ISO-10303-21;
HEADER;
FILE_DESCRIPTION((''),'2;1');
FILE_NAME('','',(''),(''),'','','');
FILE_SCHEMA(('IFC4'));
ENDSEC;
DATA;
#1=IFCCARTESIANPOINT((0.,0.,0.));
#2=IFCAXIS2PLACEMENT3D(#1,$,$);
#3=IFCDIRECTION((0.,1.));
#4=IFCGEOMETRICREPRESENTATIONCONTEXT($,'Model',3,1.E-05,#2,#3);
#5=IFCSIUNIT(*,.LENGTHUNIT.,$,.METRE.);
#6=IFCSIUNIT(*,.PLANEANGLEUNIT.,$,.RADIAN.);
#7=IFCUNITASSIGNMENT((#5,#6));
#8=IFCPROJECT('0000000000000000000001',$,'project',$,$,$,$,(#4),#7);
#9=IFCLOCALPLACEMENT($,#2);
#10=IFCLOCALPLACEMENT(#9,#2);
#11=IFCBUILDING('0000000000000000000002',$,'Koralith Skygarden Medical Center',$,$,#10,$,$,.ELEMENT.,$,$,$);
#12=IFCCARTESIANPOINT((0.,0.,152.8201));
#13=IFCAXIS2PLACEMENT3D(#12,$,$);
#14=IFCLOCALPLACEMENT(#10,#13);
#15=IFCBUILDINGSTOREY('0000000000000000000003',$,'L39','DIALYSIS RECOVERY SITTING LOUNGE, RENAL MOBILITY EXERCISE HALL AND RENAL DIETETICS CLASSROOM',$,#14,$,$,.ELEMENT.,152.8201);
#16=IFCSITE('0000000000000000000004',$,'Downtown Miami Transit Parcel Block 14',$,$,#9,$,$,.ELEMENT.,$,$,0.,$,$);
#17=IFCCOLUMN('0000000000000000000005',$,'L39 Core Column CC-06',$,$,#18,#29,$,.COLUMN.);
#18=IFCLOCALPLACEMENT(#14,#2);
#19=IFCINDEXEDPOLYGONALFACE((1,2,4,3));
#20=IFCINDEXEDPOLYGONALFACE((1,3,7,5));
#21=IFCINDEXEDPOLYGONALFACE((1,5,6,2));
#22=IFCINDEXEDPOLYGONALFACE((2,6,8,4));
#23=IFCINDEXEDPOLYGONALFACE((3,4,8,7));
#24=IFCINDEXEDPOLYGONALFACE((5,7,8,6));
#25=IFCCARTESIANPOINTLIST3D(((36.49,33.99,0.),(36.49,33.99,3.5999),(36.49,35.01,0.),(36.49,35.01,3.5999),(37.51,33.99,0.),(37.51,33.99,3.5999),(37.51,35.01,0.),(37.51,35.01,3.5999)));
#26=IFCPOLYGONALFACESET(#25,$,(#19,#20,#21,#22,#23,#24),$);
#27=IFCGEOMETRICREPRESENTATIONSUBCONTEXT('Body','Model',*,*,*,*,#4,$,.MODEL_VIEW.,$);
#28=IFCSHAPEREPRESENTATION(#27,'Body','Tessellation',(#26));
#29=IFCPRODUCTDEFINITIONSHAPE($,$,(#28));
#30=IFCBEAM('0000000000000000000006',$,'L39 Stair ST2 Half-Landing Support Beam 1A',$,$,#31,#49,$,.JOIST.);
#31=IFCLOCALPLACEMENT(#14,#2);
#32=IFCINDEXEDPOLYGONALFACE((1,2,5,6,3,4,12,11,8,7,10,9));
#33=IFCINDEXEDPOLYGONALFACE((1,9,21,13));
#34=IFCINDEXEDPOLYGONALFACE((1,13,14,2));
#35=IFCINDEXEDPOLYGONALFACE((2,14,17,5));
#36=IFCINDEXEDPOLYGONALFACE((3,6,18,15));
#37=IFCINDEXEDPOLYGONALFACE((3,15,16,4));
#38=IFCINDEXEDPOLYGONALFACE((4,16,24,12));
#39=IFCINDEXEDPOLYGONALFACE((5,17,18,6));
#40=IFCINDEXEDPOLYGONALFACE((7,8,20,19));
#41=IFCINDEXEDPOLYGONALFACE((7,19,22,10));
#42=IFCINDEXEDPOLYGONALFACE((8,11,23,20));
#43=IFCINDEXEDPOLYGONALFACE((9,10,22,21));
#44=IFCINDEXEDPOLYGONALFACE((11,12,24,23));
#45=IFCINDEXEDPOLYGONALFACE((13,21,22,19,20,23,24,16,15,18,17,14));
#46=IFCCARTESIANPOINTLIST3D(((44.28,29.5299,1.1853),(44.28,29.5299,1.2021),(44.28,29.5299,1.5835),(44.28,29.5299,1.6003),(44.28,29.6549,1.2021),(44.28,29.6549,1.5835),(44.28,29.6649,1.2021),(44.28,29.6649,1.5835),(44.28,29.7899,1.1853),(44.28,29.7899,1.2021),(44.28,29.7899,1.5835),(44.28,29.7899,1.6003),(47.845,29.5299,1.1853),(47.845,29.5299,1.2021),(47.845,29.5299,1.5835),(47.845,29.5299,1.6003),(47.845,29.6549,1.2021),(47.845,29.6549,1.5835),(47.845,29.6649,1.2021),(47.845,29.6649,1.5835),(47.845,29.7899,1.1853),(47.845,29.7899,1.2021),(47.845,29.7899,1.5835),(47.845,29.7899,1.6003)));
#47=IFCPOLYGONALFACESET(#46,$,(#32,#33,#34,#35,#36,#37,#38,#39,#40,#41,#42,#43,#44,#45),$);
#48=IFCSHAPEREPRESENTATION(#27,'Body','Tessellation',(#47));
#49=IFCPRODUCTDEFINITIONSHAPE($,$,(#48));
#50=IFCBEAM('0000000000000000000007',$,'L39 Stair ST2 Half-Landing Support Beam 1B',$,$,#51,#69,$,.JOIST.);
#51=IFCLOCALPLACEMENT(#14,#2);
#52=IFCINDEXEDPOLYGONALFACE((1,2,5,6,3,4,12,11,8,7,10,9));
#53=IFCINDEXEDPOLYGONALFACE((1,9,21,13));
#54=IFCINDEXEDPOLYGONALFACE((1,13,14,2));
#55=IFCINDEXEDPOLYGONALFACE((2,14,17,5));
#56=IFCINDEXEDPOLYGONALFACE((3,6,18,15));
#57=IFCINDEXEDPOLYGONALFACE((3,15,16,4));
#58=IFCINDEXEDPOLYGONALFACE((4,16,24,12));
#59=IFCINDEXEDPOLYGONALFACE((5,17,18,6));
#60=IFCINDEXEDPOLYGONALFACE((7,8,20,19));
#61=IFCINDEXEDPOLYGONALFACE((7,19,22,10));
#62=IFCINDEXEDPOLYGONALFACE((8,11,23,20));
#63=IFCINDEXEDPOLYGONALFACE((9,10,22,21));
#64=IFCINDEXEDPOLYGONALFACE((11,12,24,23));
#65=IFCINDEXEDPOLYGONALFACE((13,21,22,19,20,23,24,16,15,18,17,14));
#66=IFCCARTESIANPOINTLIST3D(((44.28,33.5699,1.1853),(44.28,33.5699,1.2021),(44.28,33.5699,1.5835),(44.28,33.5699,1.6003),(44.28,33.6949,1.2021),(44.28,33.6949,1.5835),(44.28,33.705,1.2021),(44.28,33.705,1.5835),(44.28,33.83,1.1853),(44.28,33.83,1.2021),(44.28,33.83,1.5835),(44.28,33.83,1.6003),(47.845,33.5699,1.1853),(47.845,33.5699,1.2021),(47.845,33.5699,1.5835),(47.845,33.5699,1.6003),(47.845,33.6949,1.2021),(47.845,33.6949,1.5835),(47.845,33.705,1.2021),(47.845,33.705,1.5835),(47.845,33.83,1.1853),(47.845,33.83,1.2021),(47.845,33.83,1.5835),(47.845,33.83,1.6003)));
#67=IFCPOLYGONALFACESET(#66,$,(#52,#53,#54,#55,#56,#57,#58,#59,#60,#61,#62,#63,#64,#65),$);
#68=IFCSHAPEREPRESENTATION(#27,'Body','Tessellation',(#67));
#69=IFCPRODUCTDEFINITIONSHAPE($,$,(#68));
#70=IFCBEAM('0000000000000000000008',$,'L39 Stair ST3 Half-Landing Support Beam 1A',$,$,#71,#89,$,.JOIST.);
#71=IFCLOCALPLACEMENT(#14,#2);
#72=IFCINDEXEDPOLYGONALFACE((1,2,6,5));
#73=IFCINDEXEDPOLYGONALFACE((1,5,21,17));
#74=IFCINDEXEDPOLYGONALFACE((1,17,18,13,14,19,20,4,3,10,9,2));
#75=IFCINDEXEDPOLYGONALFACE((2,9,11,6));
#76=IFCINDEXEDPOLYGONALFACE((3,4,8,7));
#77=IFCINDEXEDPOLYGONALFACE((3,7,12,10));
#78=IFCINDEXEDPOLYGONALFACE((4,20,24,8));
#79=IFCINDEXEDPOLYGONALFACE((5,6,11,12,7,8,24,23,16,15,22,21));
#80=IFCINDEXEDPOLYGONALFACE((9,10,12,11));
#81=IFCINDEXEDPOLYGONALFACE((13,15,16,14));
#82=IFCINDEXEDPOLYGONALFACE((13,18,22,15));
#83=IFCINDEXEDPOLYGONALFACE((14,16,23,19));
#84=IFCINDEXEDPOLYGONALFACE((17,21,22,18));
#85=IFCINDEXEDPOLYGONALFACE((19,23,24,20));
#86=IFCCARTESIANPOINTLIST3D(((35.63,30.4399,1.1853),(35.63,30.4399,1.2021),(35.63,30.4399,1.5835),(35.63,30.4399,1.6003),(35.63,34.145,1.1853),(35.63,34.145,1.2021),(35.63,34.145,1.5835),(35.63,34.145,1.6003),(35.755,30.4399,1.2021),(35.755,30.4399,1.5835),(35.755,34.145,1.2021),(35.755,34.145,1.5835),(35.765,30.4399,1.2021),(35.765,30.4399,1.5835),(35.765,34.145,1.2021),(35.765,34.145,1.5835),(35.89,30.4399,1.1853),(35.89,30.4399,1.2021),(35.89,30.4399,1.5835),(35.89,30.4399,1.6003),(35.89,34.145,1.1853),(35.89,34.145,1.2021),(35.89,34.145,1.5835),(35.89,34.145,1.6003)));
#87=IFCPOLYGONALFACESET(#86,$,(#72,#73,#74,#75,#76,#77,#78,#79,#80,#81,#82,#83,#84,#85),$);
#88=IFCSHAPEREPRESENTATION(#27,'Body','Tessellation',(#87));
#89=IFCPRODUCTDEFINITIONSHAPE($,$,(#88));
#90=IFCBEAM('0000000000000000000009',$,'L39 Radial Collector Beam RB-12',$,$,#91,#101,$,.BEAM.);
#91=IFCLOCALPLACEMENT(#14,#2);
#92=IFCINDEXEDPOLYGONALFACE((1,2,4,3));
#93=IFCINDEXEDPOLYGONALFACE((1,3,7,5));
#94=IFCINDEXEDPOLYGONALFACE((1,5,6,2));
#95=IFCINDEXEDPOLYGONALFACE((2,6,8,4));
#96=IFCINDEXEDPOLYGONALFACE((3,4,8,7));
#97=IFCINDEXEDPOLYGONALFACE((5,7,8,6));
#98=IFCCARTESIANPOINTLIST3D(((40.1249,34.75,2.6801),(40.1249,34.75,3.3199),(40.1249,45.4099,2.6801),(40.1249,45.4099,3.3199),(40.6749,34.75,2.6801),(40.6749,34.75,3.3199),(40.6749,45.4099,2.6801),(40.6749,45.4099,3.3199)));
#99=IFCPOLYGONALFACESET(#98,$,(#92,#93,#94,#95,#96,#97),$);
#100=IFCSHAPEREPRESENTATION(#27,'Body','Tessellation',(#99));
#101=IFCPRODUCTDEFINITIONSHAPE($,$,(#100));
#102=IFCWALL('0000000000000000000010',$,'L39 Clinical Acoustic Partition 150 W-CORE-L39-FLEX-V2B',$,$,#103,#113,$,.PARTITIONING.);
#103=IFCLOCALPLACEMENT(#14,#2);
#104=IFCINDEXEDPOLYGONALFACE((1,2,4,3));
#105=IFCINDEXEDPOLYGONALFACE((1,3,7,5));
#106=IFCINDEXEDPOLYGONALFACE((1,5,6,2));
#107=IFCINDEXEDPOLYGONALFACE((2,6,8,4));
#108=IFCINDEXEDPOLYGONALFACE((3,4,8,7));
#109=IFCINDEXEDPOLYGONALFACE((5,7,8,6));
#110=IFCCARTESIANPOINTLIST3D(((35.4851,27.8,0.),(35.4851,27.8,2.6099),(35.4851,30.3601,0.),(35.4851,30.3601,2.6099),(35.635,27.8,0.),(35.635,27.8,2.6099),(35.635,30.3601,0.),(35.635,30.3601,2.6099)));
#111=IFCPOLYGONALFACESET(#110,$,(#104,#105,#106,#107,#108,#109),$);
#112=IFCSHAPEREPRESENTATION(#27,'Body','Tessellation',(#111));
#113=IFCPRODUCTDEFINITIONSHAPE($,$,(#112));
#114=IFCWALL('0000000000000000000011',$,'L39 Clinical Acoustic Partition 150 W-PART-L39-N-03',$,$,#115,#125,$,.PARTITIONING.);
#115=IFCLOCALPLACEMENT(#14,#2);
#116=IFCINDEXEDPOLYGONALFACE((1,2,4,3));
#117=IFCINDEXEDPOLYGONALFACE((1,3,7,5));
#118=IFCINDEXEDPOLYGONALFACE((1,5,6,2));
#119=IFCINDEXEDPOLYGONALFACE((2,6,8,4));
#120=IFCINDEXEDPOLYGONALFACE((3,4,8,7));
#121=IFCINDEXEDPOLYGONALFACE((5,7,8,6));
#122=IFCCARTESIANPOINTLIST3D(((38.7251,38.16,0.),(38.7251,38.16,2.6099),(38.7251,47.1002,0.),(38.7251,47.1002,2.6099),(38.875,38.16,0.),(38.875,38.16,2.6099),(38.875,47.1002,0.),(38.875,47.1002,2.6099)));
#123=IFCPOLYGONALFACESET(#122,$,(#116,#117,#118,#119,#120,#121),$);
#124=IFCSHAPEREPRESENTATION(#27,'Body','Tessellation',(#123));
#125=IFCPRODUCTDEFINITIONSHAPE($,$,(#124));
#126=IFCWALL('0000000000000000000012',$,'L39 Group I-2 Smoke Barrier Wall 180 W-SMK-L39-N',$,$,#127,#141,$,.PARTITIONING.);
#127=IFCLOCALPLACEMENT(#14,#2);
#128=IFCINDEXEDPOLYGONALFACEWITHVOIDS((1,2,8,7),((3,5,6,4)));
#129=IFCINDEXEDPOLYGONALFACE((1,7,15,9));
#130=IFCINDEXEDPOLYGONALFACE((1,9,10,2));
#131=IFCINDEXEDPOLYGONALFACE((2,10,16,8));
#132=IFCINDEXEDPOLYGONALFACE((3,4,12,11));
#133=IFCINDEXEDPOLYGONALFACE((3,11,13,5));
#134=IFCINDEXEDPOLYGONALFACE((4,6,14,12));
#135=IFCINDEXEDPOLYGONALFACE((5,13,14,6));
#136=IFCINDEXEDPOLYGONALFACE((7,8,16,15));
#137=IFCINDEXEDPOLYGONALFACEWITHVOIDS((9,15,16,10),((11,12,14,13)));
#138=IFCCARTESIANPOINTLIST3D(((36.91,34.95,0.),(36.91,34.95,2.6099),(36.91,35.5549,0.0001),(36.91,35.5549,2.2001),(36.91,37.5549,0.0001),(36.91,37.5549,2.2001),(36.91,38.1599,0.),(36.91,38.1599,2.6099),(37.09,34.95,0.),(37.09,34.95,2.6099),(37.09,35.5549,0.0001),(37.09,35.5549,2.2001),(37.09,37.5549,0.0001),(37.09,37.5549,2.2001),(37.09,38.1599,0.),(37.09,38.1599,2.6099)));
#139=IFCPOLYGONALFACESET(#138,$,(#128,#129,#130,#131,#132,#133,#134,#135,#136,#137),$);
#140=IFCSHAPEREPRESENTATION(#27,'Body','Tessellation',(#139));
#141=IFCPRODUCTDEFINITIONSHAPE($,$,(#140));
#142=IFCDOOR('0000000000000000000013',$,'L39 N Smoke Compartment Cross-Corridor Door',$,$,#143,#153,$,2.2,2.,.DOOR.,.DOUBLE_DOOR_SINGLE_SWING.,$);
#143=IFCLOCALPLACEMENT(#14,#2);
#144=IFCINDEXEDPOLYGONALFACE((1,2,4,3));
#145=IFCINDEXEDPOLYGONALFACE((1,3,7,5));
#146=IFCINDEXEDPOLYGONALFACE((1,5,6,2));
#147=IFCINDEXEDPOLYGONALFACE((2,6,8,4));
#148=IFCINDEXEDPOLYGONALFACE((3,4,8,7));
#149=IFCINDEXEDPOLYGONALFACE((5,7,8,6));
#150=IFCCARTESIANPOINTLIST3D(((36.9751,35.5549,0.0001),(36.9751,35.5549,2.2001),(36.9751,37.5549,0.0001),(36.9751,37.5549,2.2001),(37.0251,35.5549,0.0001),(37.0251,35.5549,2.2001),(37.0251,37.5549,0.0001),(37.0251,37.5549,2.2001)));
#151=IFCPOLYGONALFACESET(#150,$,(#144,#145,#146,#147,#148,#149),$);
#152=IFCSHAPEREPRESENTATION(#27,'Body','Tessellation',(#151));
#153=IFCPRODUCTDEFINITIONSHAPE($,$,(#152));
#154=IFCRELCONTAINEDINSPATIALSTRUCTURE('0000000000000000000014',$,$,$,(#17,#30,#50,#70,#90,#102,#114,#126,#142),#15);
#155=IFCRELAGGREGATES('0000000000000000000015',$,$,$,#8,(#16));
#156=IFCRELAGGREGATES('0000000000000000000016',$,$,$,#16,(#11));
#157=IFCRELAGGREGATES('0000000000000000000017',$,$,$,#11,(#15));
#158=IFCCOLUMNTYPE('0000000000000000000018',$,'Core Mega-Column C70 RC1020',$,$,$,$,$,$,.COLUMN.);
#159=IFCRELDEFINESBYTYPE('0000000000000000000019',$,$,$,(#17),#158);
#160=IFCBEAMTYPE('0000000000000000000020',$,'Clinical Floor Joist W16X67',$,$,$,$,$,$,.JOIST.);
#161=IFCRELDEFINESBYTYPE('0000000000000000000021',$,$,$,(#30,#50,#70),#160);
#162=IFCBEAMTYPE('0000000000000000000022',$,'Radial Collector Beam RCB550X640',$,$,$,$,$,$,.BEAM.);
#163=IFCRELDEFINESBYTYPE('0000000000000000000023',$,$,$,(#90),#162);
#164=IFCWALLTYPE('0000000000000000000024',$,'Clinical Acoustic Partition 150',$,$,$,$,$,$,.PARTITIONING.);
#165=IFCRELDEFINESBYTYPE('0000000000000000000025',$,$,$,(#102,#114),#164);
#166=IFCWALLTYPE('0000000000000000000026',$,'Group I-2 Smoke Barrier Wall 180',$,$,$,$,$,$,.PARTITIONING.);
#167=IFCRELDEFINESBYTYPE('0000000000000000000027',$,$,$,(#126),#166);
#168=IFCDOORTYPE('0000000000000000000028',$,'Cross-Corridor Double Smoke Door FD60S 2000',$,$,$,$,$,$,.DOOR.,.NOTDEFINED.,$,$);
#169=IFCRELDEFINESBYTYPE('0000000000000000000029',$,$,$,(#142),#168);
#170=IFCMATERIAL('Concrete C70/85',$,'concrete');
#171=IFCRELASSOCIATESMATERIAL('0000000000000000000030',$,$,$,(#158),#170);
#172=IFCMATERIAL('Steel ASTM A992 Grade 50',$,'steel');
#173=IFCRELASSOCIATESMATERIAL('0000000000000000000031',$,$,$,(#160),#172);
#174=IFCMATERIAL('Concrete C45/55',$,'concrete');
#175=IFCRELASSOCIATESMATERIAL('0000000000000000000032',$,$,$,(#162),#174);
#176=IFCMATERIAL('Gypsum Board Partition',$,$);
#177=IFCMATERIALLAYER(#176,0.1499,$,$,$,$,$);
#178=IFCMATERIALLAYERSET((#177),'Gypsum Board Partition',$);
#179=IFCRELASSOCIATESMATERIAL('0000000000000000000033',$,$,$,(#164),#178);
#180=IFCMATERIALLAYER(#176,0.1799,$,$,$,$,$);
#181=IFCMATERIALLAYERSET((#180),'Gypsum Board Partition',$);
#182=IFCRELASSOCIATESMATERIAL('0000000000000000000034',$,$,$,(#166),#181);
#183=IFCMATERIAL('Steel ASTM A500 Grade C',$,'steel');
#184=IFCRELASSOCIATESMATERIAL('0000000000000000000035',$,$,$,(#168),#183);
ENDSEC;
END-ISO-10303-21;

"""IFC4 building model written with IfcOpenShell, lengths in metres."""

from ifc_helpers import new_model, si_unit, direction, frame, frame_2d, origin, origin_2d, place, context, subcontext, project, spatial, rectangle, i_section, extrude, material, layer, layer_set, material_profile, profile_set, type_object, element, fill, save


model = new_model("IFC4")

# Units and contexts
model_context = context("Model", 3, precision=1e-05, world=origin(), true_north=direction((0.0, 1.0)))
body_context = subcontext(model_context, "Body", "Model", "MODEL_VIEW")
ifc_project = project(units=[si_unit("LENGTHUNIT", "METRE"), si_unit("PLANEANGLEUNIT", "RADIAN")], contexts=[model_context])

# Site, building, storey
site_placement = place(None, origin())
site = spatial("IfcSite", under=ifc_project, at=site_placement, Name="Downtown Miami Transit Parcel Block 14", CompositionType="ELEMENT", RefElevation=0.0)
building_placement = place(site_placement, origin())
building = spatial("IfcBuilding", under=site, at=building_placement, Name="Koralith Skygarden Medical Center", CompositionType="ELEMENT")
storey_placement = place(building_placement, frame((0.0, 0.0, 152.8201)))
storey = spatial("IfcBuildingStorey", under=building, at=storey_placement, Name="L39", Description="DIALYSIS RECOVERY SITTING LOUNGE, RENAL MOBILITY EXERCISE HALL AND RENAL DIETETICS CLASSROOM", CompositionType="ELEMENT", Elevation=152.8201)

# Column
ifc_material_1 = material(Name="Concrete C70/85", Category="concrete")
ifc_material_profile_1 = material_profile(ifc_material_1, rectangle(XDim=1.02, YDim=1.02, at=origin_2d()), Name="RC1020X1020")
ifc_profile_set_1 = profile_set([ifc_material_profile_1], Name="Concrete C70/85")
column_type = type_object("IfcColumnType", Name="Core Mega-Column C70 RC1020", PredefinedType="COLUMN", material=ifc_profile_set_1)
column_placement = place(storey_placement, frame((37.0, 34.5, 0.0), z_axis=(0.0, 0.0, 1.0), x_axis=(1.0, 0.0, 0.0)))
element("IfcColumn", 1, at=column_placement, inside=storey, type_object=column_type, Name="L39 Core Column CC-06", PredefinedType="COLUMN", context=body_context, shape_type="SweptSolid", body=[
    extrude(rectangle(XDim=1.02, YDim=1.02, at=origin_2d()), origin(), (0.0, 0.0, 1.0), 3.5999),
])

# Beams
ifc_material_2 = material(Name="Steel ASTM A992 Grade 50", Category="steel")
ifc_material_profile_2 = material_profile(ifc_material_2, i_section(OverallWidth=0.26, OverallDepth=0.415, WebThickness=0.01, FlangeThickness=0.0168, at=origin_2d()), Name="W16X67")
ifc_profile_set_2 = profile_set([ifc_material_profile_2], Name="Steel ASTM A992 Grade 50")
beam_type_1 = type_object("IfcBeamType", Name="Clinical Floor Joist W16X67", PredefinedType="JOIST", material=ifc_profile_set_2)
for number, where, z_axis, x_axis, name in (
    (2, (44.28, 29.6599, 1.3928), (1.0, 0.0, 0.0), (0.0, 1.0, 0.0), "L39 Stair ST2 Half-Landing Support Beam 1A"),
    (3, (44.28, 33.7, 1.3928), (1.0, 0.0, 0.0), (0.0, 1.0, 0.0), "L39 Stair ST2 Half-Landing Support Beam 1B"),
):
    element("IfcBeam", number, at=place(storey_placement, frame(where, z_axis=z_axis, x_axis=x_axis)), inside=storey, type_object=beam_type_1, Name=name, PredefinedType="JOIST", context=body_context, shape_type="SweptSolid", body=[
        extrude(i_section(OverallWidth=0.26, OverallDepth=0.415, WebThickness=0.01, FlangeThickness=0.0168, at=origin_2d()), origin(), (0.0, 0.0, 1.0), 3.5649),
    ])
beam_1_placement = place(storey_placement, frame((35.76, 30.4399, 1.3928), z_axis=(0.0, 1.0, 0.0), x_axis=(-1.0, 0.0, 0.0)))
element("IfcBeam", 4, at=beam_1_placement, inside=storey, type_object=beam_type_1, Name="L39 Stair ST3 Half-Landing Support Beam 1A", PredefinedType="JOIST", context=body_context, shape_type="SweptSolid", body=[
    extrude(i_section(OverallWidth=0.26, OverallDepth=0.415, WebThickness=0.01, FlangeThickness=0.0168, at=origin_2d()), origin(), (0.0, 0.0, 1.0), 3.7051),
])
ifc_material_3 = material(Name="Concrete C45/55", Category="concrete")
ifc_material_profile_3 = material_profile(ifc_material_3, rectangle(XDim=0.55, YDim=0.6399, at=origin_2d()), Name="RCB550X640")
ifc_profile_set_3 = profile_set([ifc_material_profile_3], Name="Concrete C45/55")
beam_type_2 = type_object("IfcBeamType", Name="Radial Collector Beam RCB550X640", PredefinedType="BEAM", material=ifc_profile_set_3)
beam_2_placement = place(storey_placement, frame((40.3999, 34.75, 3.0), z_axis=(0.0, 1.0, 0.0), x_axis=(-1.0, 0.0, 0.0)))
element("IfcBeam", 5, at=beam_2_placement, inside=storey, type_object=beam_type_2, Name="L39 Radial Collector Beam RB-12", PredefinedType="BEAM", context=body_context, shape_type="SweptSolid", body=[
    extrude(rectangle(XDim=0.55, YDim=0.6399, at=origin_2d()), origin(), (0.0, 0.0, 1.0), 10.6599),
])

# Walls
ifc_material_4 = material(Name="Gypsum Board Partition")
ifc_layer_1 = layer(ifc_material_4, 0.1499)
ifc_layer_set_1 = layer_set([ifc_layer_1], Name="Gypsum Board Partition")
wall_type_1 = type_object("IfcWallType", Name="Clinical Acoustic Partition 150", PredefinedType="PARTITIONING", material=ifc_layer_set_1)
wall_1_placement = place(storey_placement, frame((35.5601, 27.8, 0.0), z_axis=(0.0, 0.0, 1.0), x_axis=(0.0, 1.0, 0.0)))
element("IfcWall", 6, at=wall_1_placement, inside=storey, type_object=wall_type_1, Name="L39 Clinical Acoustic Partition 150 W-CORE-L39-FLEX-V2B", PredefinedType="PARTITIONING", context=body_context, shape_type="SweptSolid", body=[
    extrude(rectangle(XDim=2.5601, YDim=0.1499, at=frame_2d((1.28, 0.0))), origin(), (0.0, 0.0, 1.0), 2.6099),
])
wall_2_placement = place(storey_placement, frame((38.8, 38.1599, 0.0), z_axis=(0.0, 0.0, 1.0), x_axis=(0.0, 1.0, 0.0)))
element("IfcWall", 7, at=wall_2_placement, inside=storey, type_object=wall_type_1, Name="L39 Clinical Acoustic Partition 150 W-PART-L39-N-03", PredefinedType="PARTITIONING", context=body_context, shape_type="SweptSolid", body=[
    extrude(rectangle(XDim=8.9402, YDim=0.1499, at=frame_2d((4.4702, 0.0))), origin(), (0.0, 0.0, 1.0), 2.6099),
])

# Wall, opening, door
ifc_layer_2 = layer(ifc_material_4, 0.1799)
ifc_layer_set_2 = layer_set([ifc_layer_2], Name="Gypsum Board Partition")
wall_type_2 = type_object("IfcWallType", Name="Group I-2 Smoke Barrier Wall 180", PredefinedType="PARTITIONING", material=ifc_layer_set_2)
wall_3_placement = place(storey_placement, frame((37.0, 34.95, 0.0), z_axis=(0.0, 0.0, 1.0), x_axis=(0.0, 1.0, 0.0)))
wall_3 = element("IfcWall", 8, at=wall_3_placement, inside=storey, type_object=wall_type_2, Name="L39 Group I-2 Smoke Barrier Wall 180 W-SMK-L39-N", PredefinedType="PARTITIONING", context=body_context, shape_type="SweptSolid", body=[
    extrude(rectangle(XDim=3.21, YDim=0.1799, at=frame_2d((1.605, 0.0))), origin(), (0.0, 0.0, 1.0), 2.6099),
])
opening_1_placement = place(wall_3_placement, frame((0.605, 0.0, 0.0)))
opening_1 = element("IfcOpeningElement", 9, at=opening_1_placement, cuts=wall_3, PredefinedType="OPENING", context=body_context, shape_type="SweptSolid", body=[
    extrude(rectangle(XDim=2.0, YDim=2.2, at=frame_2d((1.0, 1.1001))), frame((0.0, 0.0999, 0.0), z_axis=(0.0, -1.0, 0.0), x_axis=(1.0, 0.0, 0.0)), (0.0, 0.0, 1.0), 0.2),
])
ifc_material_5 = material(Name="Steel ASTM A500 Grade C", Category="steel")
door_type_1 = type_object("IfcDoorType", Name="Cross-Corridor Double Smoke Door FD60S 2000", OperationType="NOTDEFINED", PredefinedType="DOOR", material=ifc_material_5)
door_1_placement = place(opening_1_placement, origin())
door_1 = element("IfcDoor", 10, at=door_1_placement, inside=storey, type_object=door_type_1, Name="L39 N Smoke Compartment Cross-Corridor Door", OperationType="DOUBLE_DOOR_SINGLE_SWING", OverallHeight=2.2, OverallWidth=2.0, PredefinedType="DOOR", context=body_context, shape_type="SweptSolid", body=[
    extrude(rectangle(XDim=2.0, YDim=2.2, at=frame_2d((1.0, 1.1001))), frame((0.0, 0.0249, 0.0), z_axis=(0.0, -1.0, 0.0), x_axis=(1.0, 0.0, 0.0)), (0.0, 0.0, 1.0), 0.05),
])
fill(opening_1, door_1)

save(model, "model.ifc")
